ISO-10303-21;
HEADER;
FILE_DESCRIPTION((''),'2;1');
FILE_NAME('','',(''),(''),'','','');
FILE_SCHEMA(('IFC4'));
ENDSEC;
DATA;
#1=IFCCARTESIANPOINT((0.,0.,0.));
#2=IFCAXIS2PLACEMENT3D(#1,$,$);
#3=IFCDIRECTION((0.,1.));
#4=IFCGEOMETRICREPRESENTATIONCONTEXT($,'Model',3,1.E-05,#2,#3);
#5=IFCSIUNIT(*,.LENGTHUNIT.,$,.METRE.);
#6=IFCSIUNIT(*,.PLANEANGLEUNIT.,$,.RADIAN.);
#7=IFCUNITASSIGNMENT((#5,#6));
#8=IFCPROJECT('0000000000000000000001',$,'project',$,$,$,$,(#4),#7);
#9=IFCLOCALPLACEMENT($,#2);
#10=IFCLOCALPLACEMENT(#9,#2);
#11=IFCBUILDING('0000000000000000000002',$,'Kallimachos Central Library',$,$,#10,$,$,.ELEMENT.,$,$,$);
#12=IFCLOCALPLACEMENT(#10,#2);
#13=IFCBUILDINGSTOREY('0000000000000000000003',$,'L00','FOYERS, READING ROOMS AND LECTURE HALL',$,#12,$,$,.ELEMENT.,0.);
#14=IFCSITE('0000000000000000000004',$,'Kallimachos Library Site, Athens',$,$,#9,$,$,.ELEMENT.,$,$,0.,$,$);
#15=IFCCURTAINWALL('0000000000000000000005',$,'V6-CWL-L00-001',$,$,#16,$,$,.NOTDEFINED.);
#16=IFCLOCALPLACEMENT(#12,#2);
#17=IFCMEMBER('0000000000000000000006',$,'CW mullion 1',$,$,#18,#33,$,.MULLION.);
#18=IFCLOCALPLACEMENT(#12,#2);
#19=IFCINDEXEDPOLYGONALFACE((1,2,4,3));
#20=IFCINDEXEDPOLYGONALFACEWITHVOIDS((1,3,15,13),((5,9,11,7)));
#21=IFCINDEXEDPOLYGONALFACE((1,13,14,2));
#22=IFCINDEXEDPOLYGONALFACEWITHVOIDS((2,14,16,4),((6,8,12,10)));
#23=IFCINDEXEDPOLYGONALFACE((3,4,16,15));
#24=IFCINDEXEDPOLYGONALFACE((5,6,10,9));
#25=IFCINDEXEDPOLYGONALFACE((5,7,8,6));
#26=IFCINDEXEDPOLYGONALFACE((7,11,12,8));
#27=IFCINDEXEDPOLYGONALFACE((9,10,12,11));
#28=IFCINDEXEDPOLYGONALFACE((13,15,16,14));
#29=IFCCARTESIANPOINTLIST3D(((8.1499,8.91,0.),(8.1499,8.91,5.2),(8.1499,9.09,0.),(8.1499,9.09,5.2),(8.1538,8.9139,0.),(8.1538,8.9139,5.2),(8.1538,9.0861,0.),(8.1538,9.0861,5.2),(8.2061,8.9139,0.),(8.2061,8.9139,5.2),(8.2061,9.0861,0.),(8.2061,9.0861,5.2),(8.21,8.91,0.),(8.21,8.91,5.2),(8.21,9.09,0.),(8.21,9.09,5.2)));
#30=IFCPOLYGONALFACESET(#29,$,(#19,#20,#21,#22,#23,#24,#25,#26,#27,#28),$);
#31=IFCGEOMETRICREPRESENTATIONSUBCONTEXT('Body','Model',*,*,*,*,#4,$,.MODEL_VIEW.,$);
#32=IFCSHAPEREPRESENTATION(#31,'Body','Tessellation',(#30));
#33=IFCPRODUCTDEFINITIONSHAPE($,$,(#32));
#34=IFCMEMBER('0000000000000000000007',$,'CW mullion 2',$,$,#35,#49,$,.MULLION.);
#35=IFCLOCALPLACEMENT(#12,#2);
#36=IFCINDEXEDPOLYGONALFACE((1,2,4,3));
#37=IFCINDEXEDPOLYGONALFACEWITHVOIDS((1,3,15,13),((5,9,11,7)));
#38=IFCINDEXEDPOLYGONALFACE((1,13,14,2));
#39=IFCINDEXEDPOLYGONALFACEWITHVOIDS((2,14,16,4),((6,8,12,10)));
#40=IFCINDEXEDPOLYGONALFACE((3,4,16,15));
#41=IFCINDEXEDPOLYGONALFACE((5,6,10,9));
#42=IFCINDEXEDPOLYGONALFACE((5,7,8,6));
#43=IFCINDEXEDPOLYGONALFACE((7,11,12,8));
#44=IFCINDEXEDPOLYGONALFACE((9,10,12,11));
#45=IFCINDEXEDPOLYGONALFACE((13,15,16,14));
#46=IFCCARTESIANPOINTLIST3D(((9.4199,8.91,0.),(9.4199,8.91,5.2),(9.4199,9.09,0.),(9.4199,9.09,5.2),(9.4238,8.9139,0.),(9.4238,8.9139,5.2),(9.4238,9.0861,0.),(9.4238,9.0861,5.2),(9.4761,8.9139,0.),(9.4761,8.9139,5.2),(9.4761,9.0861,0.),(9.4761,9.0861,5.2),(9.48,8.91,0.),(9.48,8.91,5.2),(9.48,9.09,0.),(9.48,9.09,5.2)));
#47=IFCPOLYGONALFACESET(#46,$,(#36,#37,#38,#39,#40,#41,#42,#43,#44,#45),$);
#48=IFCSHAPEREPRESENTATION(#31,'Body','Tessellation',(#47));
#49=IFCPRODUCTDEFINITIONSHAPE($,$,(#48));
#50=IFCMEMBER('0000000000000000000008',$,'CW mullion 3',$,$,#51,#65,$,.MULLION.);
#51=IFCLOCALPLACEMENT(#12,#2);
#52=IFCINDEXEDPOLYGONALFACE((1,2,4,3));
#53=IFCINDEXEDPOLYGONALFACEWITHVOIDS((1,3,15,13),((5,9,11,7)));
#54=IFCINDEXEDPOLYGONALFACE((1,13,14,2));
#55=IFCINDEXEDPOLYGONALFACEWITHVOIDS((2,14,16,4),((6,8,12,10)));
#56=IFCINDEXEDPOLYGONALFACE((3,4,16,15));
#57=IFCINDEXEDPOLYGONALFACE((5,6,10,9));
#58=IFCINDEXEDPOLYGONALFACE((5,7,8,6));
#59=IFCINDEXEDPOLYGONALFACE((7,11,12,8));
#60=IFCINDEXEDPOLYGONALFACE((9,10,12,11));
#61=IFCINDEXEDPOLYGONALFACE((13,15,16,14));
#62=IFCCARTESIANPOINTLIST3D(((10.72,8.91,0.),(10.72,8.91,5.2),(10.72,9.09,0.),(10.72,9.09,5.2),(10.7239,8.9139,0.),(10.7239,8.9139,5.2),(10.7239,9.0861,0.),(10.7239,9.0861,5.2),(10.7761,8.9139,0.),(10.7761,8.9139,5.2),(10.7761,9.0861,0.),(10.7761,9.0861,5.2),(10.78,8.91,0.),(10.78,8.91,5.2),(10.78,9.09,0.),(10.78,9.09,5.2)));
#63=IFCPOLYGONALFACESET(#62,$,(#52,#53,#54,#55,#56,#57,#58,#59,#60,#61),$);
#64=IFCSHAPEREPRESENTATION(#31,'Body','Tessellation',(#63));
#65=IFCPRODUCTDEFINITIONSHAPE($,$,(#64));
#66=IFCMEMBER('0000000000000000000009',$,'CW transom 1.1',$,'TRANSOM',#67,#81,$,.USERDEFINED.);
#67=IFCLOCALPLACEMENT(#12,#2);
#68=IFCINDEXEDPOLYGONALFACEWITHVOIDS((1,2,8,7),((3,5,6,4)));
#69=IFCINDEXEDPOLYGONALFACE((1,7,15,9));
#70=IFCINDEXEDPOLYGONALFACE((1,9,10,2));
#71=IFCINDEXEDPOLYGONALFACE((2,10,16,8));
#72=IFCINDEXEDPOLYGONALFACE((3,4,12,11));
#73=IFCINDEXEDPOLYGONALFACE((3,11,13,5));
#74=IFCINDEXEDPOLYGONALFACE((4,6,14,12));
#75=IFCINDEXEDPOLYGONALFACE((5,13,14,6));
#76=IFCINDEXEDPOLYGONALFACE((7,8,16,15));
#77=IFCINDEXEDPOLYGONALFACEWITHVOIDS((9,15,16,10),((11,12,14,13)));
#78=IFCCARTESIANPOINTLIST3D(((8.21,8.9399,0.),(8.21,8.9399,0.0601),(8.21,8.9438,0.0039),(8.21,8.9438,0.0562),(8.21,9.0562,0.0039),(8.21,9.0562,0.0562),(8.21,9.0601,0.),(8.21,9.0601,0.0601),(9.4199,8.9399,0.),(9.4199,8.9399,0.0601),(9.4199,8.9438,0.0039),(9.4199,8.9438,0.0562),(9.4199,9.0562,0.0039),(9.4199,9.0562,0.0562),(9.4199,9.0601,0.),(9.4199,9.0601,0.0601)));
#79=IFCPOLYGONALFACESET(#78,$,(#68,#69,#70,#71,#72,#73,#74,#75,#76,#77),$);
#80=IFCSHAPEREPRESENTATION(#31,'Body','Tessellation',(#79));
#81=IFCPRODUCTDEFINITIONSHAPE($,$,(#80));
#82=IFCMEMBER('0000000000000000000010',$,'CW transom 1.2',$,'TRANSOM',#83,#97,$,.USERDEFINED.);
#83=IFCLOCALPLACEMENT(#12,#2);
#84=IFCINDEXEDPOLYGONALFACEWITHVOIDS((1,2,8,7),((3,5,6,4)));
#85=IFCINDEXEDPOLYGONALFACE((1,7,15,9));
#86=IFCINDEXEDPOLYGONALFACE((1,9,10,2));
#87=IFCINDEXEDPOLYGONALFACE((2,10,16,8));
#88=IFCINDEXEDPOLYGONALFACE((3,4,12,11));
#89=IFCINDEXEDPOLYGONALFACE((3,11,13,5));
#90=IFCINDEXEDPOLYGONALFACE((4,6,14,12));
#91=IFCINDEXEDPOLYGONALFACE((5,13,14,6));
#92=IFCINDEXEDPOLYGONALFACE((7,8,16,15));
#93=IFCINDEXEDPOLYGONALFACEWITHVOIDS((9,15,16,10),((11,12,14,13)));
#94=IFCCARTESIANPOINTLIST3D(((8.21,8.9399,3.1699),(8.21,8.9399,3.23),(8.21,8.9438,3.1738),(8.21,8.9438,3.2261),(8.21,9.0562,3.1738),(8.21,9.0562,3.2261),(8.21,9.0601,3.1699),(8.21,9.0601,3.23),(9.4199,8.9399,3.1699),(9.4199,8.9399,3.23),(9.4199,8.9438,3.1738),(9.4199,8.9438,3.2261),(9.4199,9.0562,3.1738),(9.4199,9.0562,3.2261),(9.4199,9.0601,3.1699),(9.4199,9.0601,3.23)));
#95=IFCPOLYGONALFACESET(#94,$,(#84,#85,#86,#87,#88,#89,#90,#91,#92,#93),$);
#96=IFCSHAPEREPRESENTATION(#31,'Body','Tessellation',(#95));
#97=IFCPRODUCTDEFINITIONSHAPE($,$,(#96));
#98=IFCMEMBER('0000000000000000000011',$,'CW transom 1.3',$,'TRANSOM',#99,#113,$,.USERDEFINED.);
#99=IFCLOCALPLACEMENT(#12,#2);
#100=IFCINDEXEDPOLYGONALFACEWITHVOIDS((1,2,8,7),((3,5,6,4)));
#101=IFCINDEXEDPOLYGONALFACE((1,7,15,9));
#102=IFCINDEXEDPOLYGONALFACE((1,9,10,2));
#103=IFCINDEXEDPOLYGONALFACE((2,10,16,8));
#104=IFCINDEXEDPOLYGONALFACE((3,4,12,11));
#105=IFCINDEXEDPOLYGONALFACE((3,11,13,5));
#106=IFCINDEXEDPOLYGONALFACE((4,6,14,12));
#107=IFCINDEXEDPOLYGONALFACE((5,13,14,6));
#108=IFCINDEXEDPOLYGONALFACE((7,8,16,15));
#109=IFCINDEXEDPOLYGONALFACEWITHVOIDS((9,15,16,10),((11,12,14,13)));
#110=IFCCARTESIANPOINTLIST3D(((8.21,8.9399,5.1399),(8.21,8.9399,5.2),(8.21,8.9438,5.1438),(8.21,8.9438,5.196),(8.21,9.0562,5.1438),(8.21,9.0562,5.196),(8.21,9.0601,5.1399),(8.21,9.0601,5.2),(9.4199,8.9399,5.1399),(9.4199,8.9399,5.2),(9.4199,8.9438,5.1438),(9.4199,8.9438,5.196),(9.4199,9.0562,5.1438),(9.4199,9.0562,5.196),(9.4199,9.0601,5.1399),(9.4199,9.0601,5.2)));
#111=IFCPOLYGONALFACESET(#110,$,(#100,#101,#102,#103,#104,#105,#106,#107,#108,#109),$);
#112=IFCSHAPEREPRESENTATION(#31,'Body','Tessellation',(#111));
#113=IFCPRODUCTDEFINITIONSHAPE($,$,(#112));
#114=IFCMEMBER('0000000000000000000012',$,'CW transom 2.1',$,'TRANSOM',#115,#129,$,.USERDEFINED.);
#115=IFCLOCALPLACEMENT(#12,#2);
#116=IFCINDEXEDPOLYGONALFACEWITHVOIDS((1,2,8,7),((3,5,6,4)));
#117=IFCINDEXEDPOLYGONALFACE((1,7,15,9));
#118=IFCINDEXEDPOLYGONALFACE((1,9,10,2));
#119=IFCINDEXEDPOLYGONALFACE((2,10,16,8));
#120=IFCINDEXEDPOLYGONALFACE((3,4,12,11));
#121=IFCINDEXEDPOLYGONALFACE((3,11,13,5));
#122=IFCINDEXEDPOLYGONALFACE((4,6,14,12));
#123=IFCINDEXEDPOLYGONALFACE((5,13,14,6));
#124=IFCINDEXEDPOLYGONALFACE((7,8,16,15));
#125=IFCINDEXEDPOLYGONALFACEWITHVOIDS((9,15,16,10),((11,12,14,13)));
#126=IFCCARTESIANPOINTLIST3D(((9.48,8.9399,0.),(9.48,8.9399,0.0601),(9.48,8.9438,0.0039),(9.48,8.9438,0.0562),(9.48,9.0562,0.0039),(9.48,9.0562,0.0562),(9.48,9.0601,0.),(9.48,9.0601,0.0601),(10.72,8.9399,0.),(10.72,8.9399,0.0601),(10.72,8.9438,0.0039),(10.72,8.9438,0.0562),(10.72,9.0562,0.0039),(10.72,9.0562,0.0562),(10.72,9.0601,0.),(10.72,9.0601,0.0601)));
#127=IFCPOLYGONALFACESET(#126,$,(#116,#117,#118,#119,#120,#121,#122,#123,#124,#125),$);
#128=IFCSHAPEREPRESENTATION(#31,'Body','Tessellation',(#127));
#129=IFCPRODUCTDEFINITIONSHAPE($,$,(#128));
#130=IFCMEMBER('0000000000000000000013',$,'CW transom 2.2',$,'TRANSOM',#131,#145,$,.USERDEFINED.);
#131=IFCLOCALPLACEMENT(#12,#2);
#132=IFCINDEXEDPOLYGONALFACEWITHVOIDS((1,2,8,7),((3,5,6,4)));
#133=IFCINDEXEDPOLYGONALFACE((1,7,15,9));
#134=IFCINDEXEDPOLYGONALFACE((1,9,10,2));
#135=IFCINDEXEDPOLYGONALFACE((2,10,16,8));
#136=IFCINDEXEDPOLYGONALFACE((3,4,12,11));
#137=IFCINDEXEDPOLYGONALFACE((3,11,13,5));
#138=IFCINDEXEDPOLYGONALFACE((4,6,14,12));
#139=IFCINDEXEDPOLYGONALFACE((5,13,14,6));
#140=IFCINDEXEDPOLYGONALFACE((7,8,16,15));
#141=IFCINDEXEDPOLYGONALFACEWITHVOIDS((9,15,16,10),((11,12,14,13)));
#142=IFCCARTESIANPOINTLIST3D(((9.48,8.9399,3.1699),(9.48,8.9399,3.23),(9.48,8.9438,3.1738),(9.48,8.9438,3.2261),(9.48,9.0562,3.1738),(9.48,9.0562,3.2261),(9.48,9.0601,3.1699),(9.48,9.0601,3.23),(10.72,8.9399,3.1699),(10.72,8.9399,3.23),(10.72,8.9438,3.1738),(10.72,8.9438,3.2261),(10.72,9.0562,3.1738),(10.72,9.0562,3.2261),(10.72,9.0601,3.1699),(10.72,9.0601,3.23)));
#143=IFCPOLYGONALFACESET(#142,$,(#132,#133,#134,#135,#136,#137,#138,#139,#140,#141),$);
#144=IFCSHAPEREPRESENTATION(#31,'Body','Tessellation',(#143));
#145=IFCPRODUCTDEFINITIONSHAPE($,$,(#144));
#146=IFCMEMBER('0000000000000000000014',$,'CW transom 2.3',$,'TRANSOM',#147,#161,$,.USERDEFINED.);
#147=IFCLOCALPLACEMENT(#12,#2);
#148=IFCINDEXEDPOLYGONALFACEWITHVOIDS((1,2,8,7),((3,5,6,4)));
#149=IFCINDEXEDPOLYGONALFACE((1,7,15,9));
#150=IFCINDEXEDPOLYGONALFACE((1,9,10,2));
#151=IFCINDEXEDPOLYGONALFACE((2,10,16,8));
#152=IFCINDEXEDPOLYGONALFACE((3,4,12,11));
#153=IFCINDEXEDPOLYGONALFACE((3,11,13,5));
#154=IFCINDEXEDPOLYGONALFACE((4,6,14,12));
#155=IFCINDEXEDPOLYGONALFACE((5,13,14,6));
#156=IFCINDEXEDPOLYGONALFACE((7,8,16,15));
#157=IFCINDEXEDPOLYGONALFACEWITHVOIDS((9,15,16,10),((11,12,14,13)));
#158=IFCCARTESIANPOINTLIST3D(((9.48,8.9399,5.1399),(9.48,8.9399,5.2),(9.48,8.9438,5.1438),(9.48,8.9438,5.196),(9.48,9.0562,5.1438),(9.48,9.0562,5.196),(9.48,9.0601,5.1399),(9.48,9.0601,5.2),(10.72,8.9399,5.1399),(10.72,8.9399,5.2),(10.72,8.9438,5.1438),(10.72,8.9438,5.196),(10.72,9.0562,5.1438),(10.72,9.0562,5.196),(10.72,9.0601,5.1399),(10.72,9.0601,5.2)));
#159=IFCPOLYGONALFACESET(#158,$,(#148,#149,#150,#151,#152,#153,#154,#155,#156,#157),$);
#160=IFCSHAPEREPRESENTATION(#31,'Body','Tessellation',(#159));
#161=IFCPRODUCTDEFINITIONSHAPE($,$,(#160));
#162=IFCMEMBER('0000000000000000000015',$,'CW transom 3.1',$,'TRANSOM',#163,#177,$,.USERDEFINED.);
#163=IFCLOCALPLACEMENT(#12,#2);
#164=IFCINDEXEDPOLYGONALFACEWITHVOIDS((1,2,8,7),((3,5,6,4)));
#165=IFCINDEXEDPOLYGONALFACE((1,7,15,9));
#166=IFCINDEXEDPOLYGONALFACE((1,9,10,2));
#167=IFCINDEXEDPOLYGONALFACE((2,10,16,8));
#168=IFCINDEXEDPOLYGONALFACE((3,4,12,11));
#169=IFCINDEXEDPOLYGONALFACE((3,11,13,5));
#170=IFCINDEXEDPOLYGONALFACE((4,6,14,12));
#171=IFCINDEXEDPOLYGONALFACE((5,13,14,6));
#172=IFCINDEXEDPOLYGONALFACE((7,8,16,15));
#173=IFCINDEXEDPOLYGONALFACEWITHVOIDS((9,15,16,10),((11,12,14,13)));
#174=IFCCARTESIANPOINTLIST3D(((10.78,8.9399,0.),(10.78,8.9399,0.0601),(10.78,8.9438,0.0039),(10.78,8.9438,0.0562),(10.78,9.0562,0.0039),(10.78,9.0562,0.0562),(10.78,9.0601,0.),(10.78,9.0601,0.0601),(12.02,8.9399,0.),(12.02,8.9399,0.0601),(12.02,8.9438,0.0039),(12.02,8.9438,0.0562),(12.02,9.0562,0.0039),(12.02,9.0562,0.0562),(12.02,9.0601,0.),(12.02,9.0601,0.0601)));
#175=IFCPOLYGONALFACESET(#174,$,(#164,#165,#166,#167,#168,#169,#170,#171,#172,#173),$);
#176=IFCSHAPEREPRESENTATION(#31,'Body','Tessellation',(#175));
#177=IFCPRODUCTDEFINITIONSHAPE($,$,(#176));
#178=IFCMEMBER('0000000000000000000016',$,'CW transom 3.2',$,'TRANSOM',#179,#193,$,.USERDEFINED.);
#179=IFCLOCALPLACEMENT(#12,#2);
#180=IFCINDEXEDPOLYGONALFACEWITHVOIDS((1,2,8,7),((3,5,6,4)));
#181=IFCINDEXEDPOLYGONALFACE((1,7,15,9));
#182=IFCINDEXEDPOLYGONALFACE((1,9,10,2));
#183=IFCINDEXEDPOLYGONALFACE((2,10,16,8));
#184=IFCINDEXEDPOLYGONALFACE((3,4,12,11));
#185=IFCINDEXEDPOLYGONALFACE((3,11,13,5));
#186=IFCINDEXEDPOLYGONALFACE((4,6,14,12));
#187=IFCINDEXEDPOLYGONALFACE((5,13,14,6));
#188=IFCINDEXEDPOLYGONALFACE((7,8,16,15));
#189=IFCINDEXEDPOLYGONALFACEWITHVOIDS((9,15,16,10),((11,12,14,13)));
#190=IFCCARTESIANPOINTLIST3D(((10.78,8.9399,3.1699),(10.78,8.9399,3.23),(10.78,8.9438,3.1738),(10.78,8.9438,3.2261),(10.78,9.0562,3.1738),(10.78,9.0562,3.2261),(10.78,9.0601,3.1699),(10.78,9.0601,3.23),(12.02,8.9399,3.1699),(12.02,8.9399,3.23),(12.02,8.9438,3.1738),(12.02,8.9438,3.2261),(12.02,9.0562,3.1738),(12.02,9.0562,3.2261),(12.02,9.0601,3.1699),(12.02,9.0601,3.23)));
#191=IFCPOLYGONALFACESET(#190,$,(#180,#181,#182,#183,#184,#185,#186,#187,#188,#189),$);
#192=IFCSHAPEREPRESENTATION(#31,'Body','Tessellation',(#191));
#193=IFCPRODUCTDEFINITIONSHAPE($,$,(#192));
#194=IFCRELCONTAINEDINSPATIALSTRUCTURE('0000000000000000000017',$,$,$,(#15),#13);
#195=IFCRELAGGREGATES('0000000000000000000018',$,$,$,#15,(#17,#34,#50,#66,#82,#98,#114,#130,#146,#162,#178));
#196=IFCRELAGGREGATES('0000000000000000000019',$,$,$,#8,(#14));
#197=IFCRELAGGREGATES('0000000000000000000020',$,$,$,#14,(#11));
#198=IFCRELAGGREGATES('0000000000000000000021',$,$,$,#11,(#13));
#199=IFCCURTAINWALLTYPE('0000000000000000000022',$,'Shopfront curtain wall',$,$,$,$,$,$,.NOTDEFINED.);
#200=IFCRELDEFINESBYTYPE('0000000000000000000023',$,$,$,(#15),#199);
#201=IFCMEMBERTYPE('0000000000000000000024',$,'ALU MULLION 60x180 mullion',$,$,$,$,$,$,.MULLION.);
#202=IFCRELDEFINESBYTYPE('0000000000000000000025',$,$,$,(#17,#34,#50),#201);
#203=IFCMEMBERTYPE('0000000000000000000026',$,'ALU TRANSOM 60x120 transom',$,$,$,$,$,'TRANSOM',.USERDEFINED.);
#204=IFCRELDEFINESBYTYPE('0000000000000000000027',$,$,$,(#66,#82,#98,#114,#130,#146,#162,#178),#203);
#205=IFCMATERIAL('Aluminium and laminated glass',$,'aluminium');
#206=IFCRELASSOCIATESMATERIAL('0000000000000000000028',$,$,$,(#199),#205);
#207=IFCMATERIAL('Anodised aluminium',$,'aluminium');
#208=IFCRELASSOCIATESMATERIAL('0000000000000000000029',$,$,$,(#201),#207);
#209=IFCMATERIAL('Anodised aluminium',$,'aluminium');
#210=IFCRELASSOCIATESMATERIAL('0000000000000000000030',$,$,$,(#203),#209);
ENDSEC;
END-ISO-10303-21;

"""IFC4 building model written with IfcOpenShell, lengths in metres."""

from ifc_helpers import new_model, si_unit, direction, frame, origin, origin_2d, place, context, subcontext, project, spatial, hollow_rectangle, extrude, material, material_profile, profile_set, type_object, element, aggregate, save


model = new_model("IFC4")

# Units and contexts
model_context = context("Model", 3, precision=1e-05, world=origin(), true_north=direction((0.0, 1.0)))
body_context = subcontext(model_context, "Body", "Model", "MODEL_VIEW")
ifc_project = project(units=[si_unit("LENGTHUNIT", "METRE"), si_unit("PLANEANGLEUNIT", "RADIAN")], contexts=[model_context])

# Site, building, storey
site_placement = place(None, origin())
site = spatial("IfcSite", under=ifc_project, at=site_placement, Name="Kallimachos Library Site, Athens", CompositionType="ELEMENT", RefElevation=0.0)
building_placement = place(site_placement, origin())
building = spatial("IfcBuilding", under=site, at=building_placement, Name="Kallimachos Central Library", CompositionType="ELEMENT")
storey_placement = place(building_placement, origin())
storey = spatial("IfcBuildingStorey", under=building, at=storey_placement, Name="L00", Description="FOYERS, READING ROOMS AND LECTURE HALL", CompositionType="ELEMENT", Elevation=0.0)

# Curtain wall, members
ifc_material_1 = material(Name="Aluminium and laminated glass", Category="aluminium")
curtain_wall_type = type_object("IfcCurtainWallType", Name="Shopfront curtain wall", PredefinedType="NOTDEFINED", material=ifc_material_1)
curtain_wall_placement = place(storey_placement, origin())
curtain_wall = element("IfcCurtainWall", 1, at=curtain_wall_placement, inside=storey, type_object=curtain_wall_type, Name="V6-CWL-L00-001", PredefinedType="NOTDEFINED")
ifc_material_2 = material(Name="Anodised aluminium", Category="aluminium")
ifc_material_profile_1 = material_profile(ifc_material_2, hollow_rectangle(XDim=0.0601, YDim=0.1799, WallThickness=0.0039, at=origin_2d()), Name="ALU MULLION 60x180")
ifc_profile_set_1 = profile_set([ifc_material_profile_1], Name="Anodised aluminium")
member_type_1 = type_object("IfcMemberType", Name="ALU MULLION 60x180 mullion", PredefinedType="MULLION", material=ifc_profile_set_1)
member_1_placement = place(storey_placement, frame((8.1799, 9.0, 0.0), z_axis=(0.0, 0.0, 1.0), x_axis=(1.0, 0.0, 0.0)))
member_1 = element("IfcMember", 2, at=member_1_placement, type_object=member_type_1, Name="CW mullion 1", PredefinedType="MULLION", context=body_context, shape_type="SweptSolid", body=[
    extrude(hollow_rectangle(XDim=0.0601, YDim=0.1799, WallThickness=0.0039, at=origin_2d()), origin(), (0.0, 0.0, 1.0), 5.2),
])
member_2_placement = place(storey_placement, frame((9.45, 9.0, 0.0), z_axis=(0.0, 0.0, 1.0), x_axis=(1.0, 0.0, 0.0)))
member_2 = element("IfcMember", 3, at=member_2_placement, type_object=member_type_1, Name="CW mullion 2", PredefinedType="MULLION", context=body_context, shape_type="SweptSolid", body=[
    extrude(hollow_rectangle(XDim=0.0601, YDim=0.1799, WallThickness=0.0039, at=origin_2d()), origin(), (0.0, 0.0, 1.0), 5.2),
])
member_3_placement = place(storey_placement, frame((10.75, 9.0, 0.0), z_axis=(0.0, 0.0, 1.0), x_axis=(1.0, 0.0, 0.0)))
member_3 = element("IfcMember", 4, at=member_3_placement, type_object=member_type_1, Name="CW mullion 3", PredefinedType="MULLION", context=body_context, shape_type="SweptSolid", body=[
    extrude(hollow_rectangle(XDim=0.0601, YDim=0.1799, WallThickness=0.0039, at=origin_2d()), origin(), (0.0, 0.0, 1.0), 5.2),
])
ifc_material_3 = material(Name="Anodised aluminium", Category="aluminium")
ifc_material_profile_2 = material_profile(ifc_material_3, hollow_rectangle(XDim=0.0601, YDim=0.1201, WallThickness=0.0039, at=origin_2d()), Name="ALU TRANSOM 60x120")
ifc_profile_set_2 = profile_set([ifc_material_profile_2], Name="Anodised aluminium")
member_type_2 = type_object("IfcMemberType", Name="ALU TRANSOM 60x120 transom", ElementType="TRANSOM", PredefinedType="USERDEFINED", material=ifc_profile_set_2)
member_4_placement = place(storey_placement, frame((8.21, 9.0, 0.03), z_axis=(1.0, 0.0, 0.0), x_axis=(0.0, 0.0, 1.0)))
member_4 = element("IfcMember", 5, at=member_4_placement, type_object=member_type_2, Name="CW transom 1.1", ObjectType="TRANSOM", PredefinedType="USERDEFINED", context=body_context, shape_type="SweptSolid", body=[
    extrude(hollow_rectangle(XDim=0.0601, YDim=0.1201, WallThickness=0.0039, at=origin_2d()), origin(), (0.0, 0.0, 1.0), 1.21),
])
member_5_placement = place(storey_placement, frame((8.21, 9.0, 3.2), z_axis=(1.0, 0.0, 0.0), x_axis=(0.0, 0.0, 1.0)))
member_5 = element("IfcMember", 6, at=member_5_placement, type_object=member_type_2, Name="CW transom 1.2", ObjectType="TRANSOM", PredefinedType="USERDEFINED", context=body_context, shape_type="SweptSolid", body=[
    extrude(hollow_rectangle(XDim=0.0601, YDim=0.1201, WallThickness=0.0039, at=origin_2d()), origin(), (0.0, 0.0, 1.0), 1.21),
])
member_6_placement = place(storey_placement, frame((8.21, 9.0, 5.1699), z_axis=(1.0, 0.0, 0.0), x_axis=(0.0, 0.0, 1.0)))
member_6 = element("IfcMember", 7, at=member_6_placement, type_object=member_type_2, Name="CW transom 1.3", ObjectType="TRANSOM", PredefinedType="USERDEFINED", context=body_context, shape_type="SweptSolid", body=[
    extrude(hollow_rectangle(XDim=0.0601, YDim=0.1201, WallThickness=0.0039, at=origin_2d()), origin(), (0.0, 0.0, 1.0), 1.21),
])
member_7_placement = place(storey_placement, frame((9.48, 9.0, 0.03), z_axis=(1.0, 0.0, 0.0), x_axis=(0.0, 0.0, 1.0)))
member_7 = element("IfcMember", 8, at=member_7_placement, type_object=member_type_2, Name="CW transom 2.1", ObjectType="TRANSOM", PredefinedType="USERDEFINED", context=body_context, shape_type="SweptSolid", body=[
    extrude(hollow_rectangle(XDim=0.0601, YDim=0.1201, WallThickness=0.0039, at=origin_2d()), origin(), (0.0, 0.0, 1.0), 1.24),
])
member_8_placement = place(storey_placement, frame((9.48, 9.0, 3.2), z_axis=(1.0, 0.0, 0.0), x_axis=(0.0, 0.0, 1.0)))
member_8 = element("IfcMember", 9, at=member_8_placement, type_object=member_type_2, Name="CW transom 2.2", ObjectType="TRANSOM", PredefinedType="USERDEFINED", context=body_context, shape_type="SweptSolid", body=[
    extrude(hollow_rectangle(XDim=0.0601, YDim=0.1201, WallThickness=0.0039, at=origin_2d()), origin(), (0.0, 0.0, 1.0), 1.24),
])
member_9_placement = place(storey_placement, frame((9.48, 9.0, 5.1699), z_axis=(1.0, 0.0, 0.0), x_axis=(0.0, 0.0, 1.0)))
member_9 = element("IfcMember", 10, at=member_9_placement, type_object=member_type_2, Name="CW transom 2.3", ObjectType="TRANSOM", PredefinedType="USERDEFINED", context=body_context, shape_type="SweptSolid", body=[
    extrude(hollow_rectangle(XDim=0.0601, YDim=0.1201, WallThickness=0.0039, at=origin_2d()), origin(), (0.0, 0.0, 1.0), 1.24),
])
member_10_placement = place(storey_placement, frame((10.78, 9.0, 0.03), z_axis=(1.0, 0.0, 0.0), x_axis=(0.0, 0.0, 1.0)))
member_10 = element("IfcMember", 11, at=member_10_placement, type_object=member_type_2, Name="CW transom 3.1", ObjectType="TRANSOM", PredefinedType="USERDEFINED", context=body_context, shape_type="SweptSolid", body=[
    extrude(hollow_rectangle(XDim=0.0601, YDim=0.1201, WallThickness=0.0039, at=origin_2d()), origin(), (0.0, 0.0, 1.0), 1.24),
])
member_11_placement = place(storey_placement, frame((10.78, 9.0, 3.2), z_axis=(1.0, 0.0, 0.0), x_axis=(0.0, 0.0, 1.0)))
member_11 = element("IfcMember", 12, at=member_11_placement, type_object=member_type_2, Name="CW transom 3.2", ObjectType="TRANSOM", PredefinedType="USERDEFINED", context=body_context, shape_type="SweptSolid", body=[
    extrude(hollow_rectangle(XDim=0.0601, YDim=0.1201, WallThickness=0.0039, at=origin_2d()), origin(), (0.0, 0.0, 1.0), 1.24),
])

aggregate(curtain_wall, [member_1, member_2, member_3, member_4, member_5, member_6, member_7, member_8, member_9, member_10, member_11])

save(model, "model.ifc")
